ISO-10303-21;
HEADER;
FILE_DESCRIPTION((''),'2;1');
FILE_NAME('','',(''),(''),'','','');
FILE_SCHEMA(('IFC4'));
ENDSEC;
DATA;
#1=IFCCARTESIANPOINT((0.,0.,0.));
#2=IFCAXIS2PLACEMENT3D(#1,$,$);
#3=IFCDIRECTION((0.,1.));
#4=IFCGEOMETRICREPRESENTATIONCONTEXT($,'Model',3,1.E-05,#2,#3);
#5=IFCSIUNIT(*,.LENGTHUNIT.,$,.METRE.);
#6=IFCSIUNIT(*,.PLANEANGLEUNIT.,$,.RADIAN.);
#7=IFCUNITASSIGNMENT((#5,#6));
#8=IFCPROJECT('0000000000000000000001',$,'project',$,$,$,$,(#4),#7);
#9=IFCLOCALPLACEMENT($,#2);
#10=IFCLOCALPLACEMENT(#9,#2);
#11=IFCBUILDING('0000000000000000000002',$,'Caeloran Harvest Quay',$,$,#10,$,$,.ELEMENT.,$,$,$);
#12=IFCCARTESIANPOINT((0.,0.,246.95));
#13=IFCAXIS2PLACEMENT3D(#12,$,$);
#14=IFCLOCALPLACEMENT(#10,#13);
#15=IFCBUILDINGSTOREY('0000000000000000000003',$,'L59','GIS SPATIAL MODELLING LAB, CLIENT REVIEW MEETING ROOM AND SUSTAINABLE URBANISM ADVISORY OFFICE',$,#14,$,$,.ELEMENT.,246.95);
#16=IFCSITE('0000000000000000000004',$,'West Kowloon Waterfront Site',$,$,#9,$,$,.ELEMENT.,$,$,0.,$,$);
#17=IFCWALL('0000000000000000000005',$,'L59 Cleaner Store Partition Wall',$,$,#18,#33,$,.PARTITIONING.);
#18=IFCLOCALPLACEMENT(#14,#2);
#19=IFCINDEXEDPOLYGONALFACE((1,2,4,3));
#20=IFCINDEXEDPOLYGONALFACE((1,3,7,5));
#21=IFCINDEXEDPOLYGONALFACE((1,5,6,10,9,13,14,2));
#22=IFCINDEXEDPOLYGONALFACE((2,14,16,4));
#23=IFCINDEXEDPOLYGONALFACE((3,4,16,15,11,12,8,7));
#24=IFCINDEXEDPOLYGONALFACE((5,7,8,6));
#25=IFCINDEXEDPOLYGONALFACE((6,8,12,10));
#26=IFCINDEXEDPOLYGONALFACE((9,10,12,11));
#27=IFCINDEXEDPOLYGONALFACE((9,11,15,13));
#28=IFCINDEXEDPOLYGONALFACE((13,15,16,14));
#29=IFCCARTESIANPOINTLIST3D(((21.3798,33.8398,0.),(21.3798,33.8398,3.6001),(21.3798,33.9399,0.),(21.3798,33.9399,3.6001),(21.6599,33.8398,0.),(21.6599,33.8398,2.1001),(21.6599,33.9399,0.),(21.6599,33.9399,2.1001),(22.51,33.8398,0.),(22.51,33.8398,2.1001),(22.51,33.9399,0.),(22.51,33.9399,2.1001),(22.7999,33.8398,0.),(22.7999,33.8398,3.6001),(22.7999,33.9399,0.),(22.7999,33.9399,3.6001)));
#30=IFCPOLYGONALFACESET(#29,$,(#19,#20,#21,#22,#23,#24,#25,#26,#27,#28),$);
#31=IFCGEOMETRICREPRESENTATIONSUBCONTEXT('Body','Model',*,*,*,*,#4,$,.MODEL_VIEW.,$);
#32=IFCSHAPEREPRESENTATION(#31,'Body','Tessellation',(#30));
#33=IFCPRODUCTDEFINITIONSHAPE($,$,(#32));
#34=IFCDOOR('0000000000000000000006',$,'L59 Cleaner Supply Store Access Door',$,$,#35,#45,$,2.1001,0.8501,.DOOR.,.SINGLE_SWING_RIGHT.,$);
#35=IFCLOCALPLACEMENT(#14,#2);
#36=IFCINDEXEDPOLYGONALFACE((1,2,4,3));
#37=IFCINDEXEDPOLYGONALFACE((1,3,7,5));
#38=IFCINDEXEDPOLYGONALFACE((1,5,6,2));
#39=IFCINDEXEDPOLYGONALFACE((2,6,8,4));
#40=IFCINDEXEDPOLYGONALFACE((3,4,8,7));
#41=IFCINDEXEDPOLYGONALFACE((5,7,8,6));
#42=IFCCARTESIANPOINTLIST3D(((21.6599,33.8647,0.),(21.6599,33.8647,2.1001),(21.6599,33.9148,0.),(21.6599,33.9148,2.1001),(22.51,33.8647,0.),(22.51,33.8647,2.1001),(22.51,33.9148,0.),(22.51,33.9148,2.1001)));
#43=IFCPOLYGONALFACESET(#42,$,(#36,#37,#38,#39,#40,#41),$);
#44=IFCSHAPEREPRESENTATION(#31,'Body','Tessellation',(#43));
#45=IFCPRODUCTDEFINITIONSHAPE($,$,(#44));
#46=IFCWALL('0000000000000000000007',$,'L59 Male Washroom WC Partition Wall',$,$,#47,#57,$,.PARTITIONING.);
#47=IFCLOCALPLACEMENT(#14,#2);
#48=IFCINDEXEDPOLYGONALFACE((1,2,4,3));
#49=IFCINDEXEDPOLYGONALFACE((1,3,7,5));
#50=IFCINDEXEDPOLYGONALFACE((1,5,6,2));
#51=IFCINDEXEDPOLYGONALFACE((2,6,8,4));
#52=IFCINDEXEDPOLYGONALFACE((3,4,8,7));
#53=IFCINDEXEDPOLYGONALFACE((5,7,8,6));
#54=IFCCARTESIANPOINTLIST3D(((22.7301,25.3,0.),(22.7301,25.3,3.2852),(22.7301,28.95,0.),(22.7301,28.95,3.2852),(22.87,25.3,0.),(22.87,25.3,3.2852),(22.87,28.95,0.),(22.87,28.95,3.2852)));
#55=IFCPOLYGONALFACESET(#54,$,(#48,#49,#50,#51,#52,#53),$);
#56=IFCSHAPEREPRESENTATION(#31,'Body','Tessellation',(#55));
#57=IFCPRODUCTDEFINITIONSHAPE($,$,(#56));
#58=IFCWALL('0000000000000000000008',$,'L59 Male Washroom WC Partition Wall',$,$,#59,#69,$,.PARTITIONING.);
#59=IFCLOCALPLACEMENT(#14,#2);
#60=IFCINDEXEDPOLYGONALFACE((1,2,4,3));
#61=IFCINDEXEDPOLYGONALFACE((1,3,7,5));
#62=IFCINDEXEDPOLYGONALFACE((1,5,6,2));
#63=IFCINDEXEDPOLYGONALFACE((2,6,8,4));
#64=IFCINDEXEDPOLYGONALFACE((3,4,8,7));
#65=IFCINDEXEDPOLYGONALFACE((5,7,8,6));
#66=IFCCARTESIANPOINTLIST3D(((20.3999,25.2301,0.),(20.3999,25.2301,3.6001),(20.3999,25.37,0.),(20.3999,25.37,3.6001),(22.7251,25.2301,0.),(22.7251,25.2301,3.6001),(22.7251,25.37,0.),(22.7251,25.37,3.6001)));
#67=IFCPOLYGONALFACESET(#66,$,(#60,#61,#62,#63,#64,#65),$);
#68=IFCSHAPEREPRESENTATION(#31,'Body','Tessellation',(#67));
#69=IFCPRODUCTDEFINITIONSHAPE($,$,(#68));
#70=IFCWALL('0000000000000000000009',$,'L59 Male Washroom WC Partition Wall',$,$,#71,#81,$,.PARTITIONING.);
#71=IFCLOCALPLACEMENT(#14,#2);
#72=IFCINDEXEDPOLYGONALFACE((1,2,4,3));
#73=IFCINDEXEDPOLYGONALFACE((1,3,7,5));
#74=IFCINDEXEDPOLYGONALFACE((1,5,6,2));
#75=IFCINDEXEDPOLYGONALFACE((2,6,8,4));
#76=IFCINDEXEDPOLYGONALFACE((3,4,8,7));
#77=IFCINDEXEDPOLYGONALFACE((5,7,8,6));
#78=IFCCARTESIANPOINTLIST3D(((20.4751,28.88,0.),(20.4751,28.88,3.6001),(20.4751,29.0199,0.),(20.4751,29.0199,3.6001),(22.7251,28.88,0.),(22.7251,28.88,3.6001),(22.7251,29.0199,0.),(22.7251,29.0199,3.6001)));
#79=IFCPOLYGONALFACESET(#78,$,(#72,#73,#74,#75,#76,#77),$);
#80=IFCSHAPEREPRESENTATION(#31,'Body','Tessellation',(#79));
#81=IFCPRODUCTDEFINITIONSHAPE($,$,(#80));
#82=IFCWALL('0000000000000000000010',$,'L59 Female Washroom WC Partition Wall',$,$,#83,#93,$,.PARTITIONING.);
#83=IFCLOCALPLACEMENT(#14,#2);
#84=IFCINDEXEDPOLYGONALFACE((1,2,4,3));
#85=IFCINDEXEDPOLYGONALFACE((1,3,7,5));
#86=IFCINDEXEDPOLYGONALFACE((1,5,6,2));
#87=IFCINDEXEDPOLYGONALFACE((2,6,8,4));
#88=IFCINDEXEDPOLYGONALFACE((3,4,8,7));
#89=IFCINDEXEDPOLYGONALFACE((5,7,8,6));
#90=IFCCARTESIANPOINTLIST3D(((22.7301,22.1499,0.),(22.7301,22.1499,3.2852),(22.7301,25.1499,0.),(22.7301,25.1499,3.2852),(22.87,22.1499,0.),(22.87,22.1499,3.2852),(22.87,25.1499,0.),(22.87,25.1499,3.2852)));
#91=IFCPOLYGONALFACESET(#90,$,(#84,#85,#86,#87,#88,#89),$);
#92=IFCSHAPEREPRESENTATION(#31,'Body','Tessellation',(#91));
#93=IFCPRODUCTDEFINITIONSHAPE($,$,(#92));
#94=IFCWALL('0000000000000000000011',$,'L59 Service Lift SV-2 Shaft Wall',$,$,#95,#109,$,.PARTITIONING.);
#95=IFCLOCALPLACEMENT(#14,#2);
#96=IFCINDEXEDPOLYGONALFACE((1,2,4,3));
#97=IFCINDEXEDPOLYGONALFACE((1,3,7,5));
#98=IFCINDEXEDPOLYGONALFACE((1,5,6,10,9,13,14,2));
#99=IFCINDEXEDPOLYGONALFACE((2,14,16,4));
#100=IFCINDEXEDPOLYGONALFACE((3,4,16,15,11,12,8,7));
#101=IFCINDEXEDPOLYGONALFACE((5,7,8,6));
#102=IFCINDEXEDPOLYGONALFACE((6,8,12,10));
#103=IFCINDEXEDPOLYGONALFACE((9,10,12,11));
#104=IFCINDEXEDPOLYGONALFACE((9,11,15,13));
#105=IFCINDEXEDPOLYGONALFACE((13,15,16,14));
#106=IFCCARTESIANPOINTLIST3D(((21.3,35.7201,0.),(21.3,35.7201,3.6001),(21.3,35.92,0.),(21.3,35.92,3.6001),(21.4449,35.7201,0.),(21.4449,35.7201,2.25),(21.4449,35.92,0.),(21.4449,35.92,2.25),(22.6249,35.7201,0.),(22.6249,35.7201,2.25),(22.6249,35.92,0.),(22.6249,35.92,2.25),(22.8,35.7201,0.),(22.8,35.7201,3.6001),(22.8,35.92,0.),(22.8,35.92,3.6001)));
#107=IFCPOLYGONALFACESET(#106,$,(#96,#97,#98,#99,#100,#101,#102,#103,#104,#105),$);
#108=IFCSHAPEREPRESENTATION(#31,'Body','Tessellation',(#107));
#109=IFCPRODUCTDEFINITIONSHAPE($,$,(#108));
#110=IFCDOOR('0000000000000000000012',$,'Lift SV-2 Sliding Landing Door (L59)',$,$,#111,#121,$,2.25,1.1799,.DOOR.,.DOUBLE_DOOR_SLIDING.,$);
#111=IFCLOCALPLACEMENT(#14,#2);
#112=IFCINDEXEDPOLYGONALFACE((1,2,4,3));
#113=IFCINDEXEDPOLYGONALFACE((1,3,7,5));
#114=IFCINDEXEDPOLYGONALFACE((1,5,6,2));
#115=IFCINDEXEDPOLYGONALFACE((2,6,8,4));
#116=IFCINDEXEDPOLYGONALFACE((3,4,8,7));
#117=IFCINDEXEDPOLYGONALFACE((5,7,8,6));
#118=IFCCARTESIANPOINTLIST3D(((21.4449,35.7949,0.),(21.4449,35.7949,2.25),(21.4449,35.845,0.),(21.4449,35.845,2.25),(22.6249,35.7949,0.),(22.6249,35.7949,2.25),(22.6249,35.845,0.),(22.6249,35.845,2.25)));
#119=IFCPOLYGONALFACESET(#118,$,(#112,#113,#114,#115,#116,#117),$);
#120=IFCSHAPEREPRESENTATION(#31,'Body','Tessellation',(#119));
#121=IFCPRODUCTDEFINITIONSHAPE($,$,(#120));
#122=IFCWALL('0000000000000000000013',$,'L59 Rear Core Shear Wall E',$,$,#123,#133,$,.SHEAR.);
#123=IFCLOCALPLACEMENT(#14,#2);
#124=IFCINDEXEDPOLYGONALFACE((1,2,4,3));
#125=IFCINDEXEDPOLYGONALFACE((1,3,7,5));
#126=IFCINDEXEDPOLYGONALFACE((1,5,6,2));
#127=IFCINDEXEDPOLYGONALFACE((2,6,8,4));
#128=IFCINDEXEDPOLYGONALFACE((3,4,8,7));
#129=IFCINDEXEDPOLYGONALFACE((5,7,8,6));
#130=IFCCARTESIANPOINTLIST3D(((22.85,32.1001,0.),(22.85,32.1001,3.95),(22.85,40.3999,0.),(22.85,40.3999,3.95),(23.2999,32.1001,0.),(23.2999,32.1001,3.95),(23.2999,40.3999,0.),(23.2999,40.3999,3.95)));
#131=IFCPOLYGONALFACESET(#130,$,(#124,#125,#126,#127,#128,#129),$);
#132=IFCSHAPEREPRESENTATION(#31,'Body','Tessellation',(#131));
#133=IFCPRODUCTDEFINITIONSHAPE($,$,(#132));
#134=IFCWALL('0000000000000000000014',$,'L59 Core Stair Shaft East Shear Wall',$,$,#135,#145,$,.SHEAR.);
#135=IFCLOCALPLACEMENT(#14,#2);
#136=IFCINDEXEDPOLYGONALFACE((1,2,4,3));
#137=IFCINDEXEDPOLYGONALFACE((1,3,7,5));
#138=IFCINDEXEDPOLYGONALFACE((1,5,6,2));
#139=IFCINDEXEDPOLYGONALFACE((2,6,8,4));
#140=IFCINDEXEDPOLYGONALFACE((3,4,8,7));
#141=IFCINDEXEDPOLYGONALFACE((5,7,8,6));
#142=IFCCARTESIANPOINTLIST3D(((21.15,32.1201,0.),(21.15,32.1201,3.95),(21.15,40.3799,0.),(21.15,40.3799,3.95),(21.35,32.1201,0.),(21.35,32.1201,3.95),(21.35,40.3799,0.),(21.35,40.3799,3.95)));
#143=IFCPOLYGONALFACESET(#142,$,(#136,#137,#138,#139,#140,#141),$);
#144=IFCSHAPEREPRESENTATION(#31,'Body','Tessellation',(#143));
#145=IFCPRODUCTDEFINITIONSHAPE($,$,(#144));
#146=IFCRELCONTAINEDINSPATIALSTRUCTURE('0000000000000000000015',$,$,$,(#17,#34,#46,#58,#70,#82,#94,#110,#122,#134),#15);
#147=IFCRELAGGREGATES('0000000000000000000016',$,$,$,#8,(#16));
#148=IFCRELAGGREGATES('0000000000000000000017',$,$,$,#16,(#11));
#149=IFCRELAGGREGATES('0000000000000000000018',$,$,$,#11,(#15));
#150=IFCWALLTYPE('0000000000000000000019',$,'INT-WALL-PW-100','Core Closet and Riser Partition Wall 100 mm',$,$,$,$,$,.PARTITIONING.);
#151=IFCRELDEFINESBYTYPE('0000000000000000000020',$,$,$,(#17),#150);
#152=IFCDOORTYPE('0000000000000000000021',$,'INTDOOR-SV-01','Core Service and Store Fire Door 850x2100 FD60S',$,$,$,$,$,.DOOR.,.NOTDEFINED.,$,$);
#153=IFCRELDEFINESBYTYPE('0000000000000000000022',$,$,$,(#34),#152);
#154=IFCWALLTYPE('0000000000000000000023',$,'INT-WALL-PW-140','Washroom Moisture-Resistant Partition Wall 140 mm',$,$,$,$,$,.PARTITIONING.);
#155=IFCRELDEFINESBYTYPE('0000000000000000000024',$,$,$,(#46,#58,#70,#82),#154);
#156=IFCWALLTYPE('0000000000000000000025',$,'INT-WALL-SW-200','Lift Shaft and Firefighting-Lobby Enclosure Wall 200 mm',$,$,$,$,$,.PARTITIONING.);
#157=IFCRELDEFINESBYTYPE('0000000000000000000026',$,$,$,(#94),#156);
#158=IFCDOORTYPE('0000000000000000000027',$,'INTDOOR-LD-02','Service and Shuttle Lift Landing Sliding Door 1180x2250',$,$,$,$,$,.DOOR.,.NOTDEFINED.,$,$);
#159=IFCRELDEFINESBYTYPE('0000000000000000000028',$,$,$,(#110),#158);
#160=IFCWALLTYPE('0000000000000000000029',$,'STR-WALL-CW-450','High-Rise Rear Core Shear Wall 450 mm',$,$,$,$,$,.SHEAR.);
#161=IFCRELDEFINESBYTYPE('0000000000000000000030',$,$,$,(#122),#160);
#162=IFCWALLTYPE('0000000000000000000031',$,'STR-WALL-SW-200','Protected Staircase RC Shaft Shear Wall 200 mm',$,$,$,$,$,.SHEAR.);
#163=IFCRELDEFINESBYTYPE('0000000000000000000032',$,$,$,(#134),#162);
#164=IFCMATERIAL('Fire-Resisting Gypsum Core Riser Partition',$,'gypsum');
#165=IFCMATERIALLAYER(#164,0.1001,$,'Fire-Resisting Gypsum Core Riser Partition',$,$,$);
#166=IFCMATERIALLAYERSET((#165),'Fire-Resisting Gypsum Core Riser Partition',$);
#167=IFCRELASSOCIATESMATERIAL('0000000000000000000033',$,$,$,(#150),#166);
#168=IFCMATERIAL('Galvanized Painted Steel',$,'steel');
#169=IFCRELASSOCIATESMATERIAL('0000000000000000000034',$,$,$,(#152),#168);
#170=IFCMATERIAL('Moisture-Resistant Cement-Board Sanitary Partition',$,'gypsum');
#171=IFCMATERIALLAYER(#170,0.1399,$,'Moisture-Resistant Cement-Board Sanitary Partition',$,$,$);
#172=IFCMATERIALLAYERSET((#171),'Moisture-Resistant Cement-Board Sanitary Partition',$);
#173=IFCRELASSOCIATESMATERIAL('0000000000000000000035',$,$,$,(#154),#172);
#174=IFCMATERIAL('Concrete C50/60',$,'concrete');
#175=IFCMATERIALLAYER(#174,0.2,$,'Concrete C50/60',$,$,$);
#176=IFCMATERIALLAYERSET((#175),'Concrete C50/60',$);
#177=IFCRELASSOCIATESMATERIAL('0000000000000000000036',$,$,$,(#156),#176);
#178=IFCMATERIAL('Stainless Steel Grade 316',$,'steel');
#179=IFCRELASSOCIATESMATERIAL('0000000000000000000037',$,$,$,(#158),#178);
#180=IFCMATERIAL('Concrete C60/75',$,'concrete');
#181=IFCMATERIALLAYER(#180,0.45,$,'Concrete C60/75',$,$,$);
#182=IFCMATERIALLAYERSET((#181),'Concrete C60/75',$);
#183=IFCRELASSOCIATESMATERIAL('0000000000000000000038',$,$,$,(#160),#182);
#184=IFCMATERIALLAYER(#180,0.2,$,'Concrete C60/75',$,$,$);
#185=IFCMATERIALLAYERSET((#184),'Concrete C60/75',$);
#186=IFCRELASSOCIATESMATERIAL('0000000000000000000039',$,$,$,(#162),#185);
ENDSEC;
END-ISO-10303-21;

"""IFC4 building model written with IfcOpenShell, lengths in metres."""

from ifc_helpers import new_model, si_unit, direction, frame, frame_2d, origin, place, context, subcontext, project, spatial, rectangle, extrude, material, layer, layer_set, type_object, element, fill, save


model = new_model("IFC4")

# Units and contexts
model_context = context("Model", 3, precision=1e-05, world=origin(), true_north=direction((0.0, 1.0)))
body_context = subcontext(model_context, "Body", "Model", "MODEL_VIEW")
ifc_project = project(units=[si_unit("LENGTHUNIT", "METRE"), si_unit("PLANEANGLEUNIT", "RADIAN")], contexts=[model_context])

# Site, building, storey
site_placement = place(None, origin())
site = spatial("IfcSite", under=ifc_project, at=site_placement, Name="West Kowloon Waterfront Site", CompositionType="ELEMENT", RefElevation=0.0)
building_placement = place(site_placement, origin())
building = spatial("IfcBuilding", under=site, at=building_placement, Name="Caeloran Harvest Quay", CompositionType="ELEMENT")
storey_placement = place(building_placement, frame((0.0, 0.0, 246.95)))
storey = spatial("IfcBuildingStorey", under=building, at=storey_placement, Name="L59", Description="GIS SPATIAL MODELLING LAB, CLIENT REVIEW MEETING ROOM AND SUSTAINABLE URBANISM ADVISORY OFFICE", CompositionType="ELEMENT", Elevation=246.95)

# Wall, opening, door
ifc_material_1 = material(Name="Fire-Resisting Gypsum Core Riser Partition", Category="gypsum")
ifc_layer_1 = layer(ifc_material_1, 0.1001, Name="Fire-Resisting Gypsum Core Riser Partition")
ifc_layer_set_1 = layer_set([ifc_layer_1], Name="Fire-Resisting Gypsum Core Riser Partition")
wall_type_1 = type_object("IfcWallType", Name="INT-WALL-PW-100", Description="Core Closet and Riser Partition Wall 100 mm", PredefinedType="PARTITIONING", material=ifc_layer_set_1)
wall_1_placement = place(storey_placement, frame((21.3799, 33.8899, 0.0), z_axis=(0.0, 0.0, 1.0), x_axis=(1.0, 0.0, 0.0)))
wall_1 = element("IfcWall", 1, at=wall_1_placement, inside=storey, type_object=wall_type_1, Name="L59 Cleaner Store Partition Wall", PredefinedType="PARTITIONING", context=body_context, shape_type="SweptSolid", body=[
    extrude(rectangle(XDim=1.4202, YDim=0.1001, at=frame_2d((0.71, 0.0))), origin(), (0.0, 0.0, 1.0), 3.6001),
])
opening_1_placement = place(wall_1_placement, frame((0.28, 0.0, 0.0)))
opening_1 = element("IfcOpeningElement", 2, at=opening_1_placement, cuts=wall_1, PredefinedType="OPENING", context=body_context, shape_type="SweptSolid", body=[
    extrude(rectangle(XDim=0.8501, YDim=2.1001, at=frame_2d((0.425, 1.05))), frame((0.0, 0.0601, 0.0), z_axis=(0.0, -1.0, 0.0), x_axis=(1.0, 0.0, 0.0)), (0.0, 0.0, 1.0), 0.1201),
])
ifc_material_2 = material(Name="Galvanized Painted Steel", Category="steel")
door_type_1 = type_object("IfcDoorType", Name="INTDOOR-SV-01", Description="Core Service and Store Fire Door 850x2100 FD60S", OperationType="NOTDEFINED", PredefinedType="DOOR", material=ifc_material_2)
door_1_placement = place(opening_1_placement, origin())
door_1 = element("IfcDoor", 3, at=door_1_placement, inside=storey, type_object=door_type_1, Name="L59 Cleaner Supply Store Access Door", OperationType="SINGLE_SWING_RIGHT", OverallHeight=2.1001, OverallWidth=0.8501, PredefinedType="DOOR", context=body_context, shape_type="SweptSolid", body=[
    extrude(rectangle(XDim=0.8501, YDim=2.1001, at=frame_2d((0.425, 1.05))), frame((0.0, 0.0249, 0.0), z_axis=(0.0, -1.0, 0.0), x_axis=(1.0, 0.0, 0.0)), (0.0, 0.0, 1.0), 0.05),
])
fill(opening_1, door_1)

# Walls
ifc_material_3 = material(Name="Moisture-Resistant Cement-Board Sanitary Partition", Category="gypsum")
ifc_layer_2 = layer(ifc_material_3, 0.1399, Name="Moisture-Resistant Cement-Board Sanitary Partition")
ifc_layer_set_2 = layer_set([ifc_layer_2], Name="Moisture-Resistant Cement-Board Sanitary Partition")
wall_type_2 = type_object("IfcWallType", Name="INT-WALL-PW-140", Description="Washroom Moisture-Resistant Partition Wall 140 mm", PredefinedType="PARTITIONING", material=ifc_layer_set_2)
wall_2_placement = place(storey_placement, frame((22.8, 28.95, 0.0), z_axis=(0.0, 0.0, 1.0), x_axis=(0.0, -1.0, 0.0)))
element("IfcWall", 4, at=wall_2_placement, inside=storey, type_object=wall_type_2, Name="L59 Male Washroom WC Partition Wall", PredefinedType="PARTITIONING", context=body_context, shape_type="SweptSolid", body=[
    extrude(rectangle(XDim=3.6499, YDim=0.1399, at=frame_2d((1.825, 0.0))), origin(), (0.0, 0.0, 1.0), 3.2852),
])
wall_3_placement = place(storey_placement, frame((22.7251, 25.3, 0.0), z_axis=(0.0, 0.0, 1.0), x_axis=(-1.0, 0.0, 0.0)))
element("IfcWall", 5, at=wall_3_placement, inside=storey, type_object=wall_type_2, Name="L59 Male Washroom WC Partition Wall", PredefinedType="PARTITIONING", context=body_context, shape_type="SweptSolid", body=[
    extrude(rectangle(XDim=2.3252, YDim=0.1399, at=frame_2d((1.1626, 0.0))), origin(), (0.0, 0.0, 1.0), 3.6001),
])

# Walls
wall_4_placement = place(storey_placement, frame((20.4751, 28.95, 0.0), z_axis=(0.0, 0.0, 1.0), x_axis=(1.0, 0.0, 0.0)))
element("IfcWall", 6, at=wall_4_placement, inside=storey, type_object=wall_type_2, Name="L59 Male Washroom WC Partition Wall", PredefinedType="PARTITIONING", context=body_context, shape_type="SweptSolid", body=[
    extrude(rectangle(XDim=2.25, YDim=0.1399, at=frame_2d((1.125, 0.0))), origin(), (0.0, 0.0, 1.0), 3.6001),
])
wall_5_placement = place(storey_placement, frame((22.8, 25.1499, 0.0), z_axis=(0.0, 0.0, 1.0), x_axis=(0.0, -1.0, 0.0)))
element("IfcWall", 7, at=wall_5_placement, inside=storey, type_object=wall_type_2, Name="L59 Female Washroom WC Partition Wall", PredefinedType="PARTITIONING", context=body_context, shape_type="SweptSolid", body=[
    extrude(rectangle(XDim=3.0, YDim=0.1399, at=frame_2d((1.5, 0.0))), origin(), (0.0, 0.0, 1.0), 3.2852),
])

# Wall, opening, door
ifc_material_4 = material(Name="Concrete C50/60", Category="concrete")
ifc_layer_3 = layer(ifc_material_4, 0.2, Name="Concrete C50/60")
ifc_layer_set_3 = layer_set([ifc_layer_3], Name="Concrete C50/60")
wall_type_3 = type_object("IfcWallType", Name="INT-WALL-SW-200", Description="Lift Shaft and Firefighting-Lobby Enclosure Wall 200 mm", PredefinedType="PARTITIONING", material=ifc_layer_set_3)
wall_6_placement = place(storey_placement, frame((21.3, 35.8201, 0.0), z_axis=(0.0, 0.0, 1.0), x_axis=(1.0, 0.0, 0.0)))
wall_6 = element("IfcWall", 8, at=wall_6_placement, inside=storey, type_object=wall_type_3, Name="L59 Service Lift SV-2 Shaft Wall", PredefinedType="PARTITIONING", context=body_context, shape_type="SweptSolid", body=[
    extrude(rectangle(XDim=1.5, YDim=0.2, at=frame_2d((0.75, 0.0))), origin(), (0.0, 0.0, 1.0), 3.6001),
])
opening_2_placement = place(wall_6_placement, frame((0.145, 0.0, 0.0)))
opening_2 = element("IfcOpeningElement", 9, at=opening_2_placement, cuts=wall_6, PredefinedType="OPENING", context=body_context, shape_type="SweptSolid", body=[
    extrude(rectangle(XDim=1.1799, YDim=2.25, at=frame_2d((0.5898, 1.125))), frame((0.0, 0.1099, 0.0), z_axis=(0.0, -1.0, 0.0), x_axis=(1.0, 0.0, 0.0)), (0.0, 0.0, 1.0), 0.22),
])
ifc_material_5 = material(Name="Stainless Steel Grade 316", Category="steel")
door_type_2 = type_object("IfcDoorType", Name="INTDOOR-LD-02", Description="Service and Shuttle Lift Landing Sliding Door 1180x2250", OperationType="NOTDEFINED", PredefinedType="DOOR", material=ifc_material_5)
door_2_placement = place(opening_2_placement, origin())
door_2 = element("IfcDoor", 10, at=door_2_placement, inside=storey, type_object=door_type_2, Name="Lift SV-2 Sliding Landing Door (L59)", OperationType="DOUBLE_DOOR_SLIDING", OverallHeight=2.25, OverallWidth=1.1799, PredefinedType="DOOR", context=body_context, shape_type="SweptSolid", body=[
    extrude(rectangle(XDim=1.1799, YDim=2.25, at=frame_2d((0.5898, 1.125))), frame((0.0, 0.0249, 0.0), z_axis=(0.0, -1.0, 0.0), x_axis=(1.0, 0.0, 0.0)), (0.0, 0.0, 1.0), 0.05),
])
fill(opening_2, door_2)

# Walls
ifc_material_6 = material(Name="Concrete C60/75", Category="concrete")
ifc_layer_4 = layer(ifc_material_6, 0.45, Name="Concrete C60/75")
ifc_layer_set_4 = layer_set([ifc_layer_4], Name="Concrete C60/75")
wall_type_4 = type_object("IfcWallType", Name="STR-WALL-CW-450", Description="High-Rise Rear Core Shear Wall 450 mm", PredefinedType="SHEAR", material=ifc_layer_set_4)
wall_7_placement = place(storey_placement, frame((23.075, 32.1001, 0.0), z_axis=(0.0, 0.0, 1.0), x_axis=(0.0, 1.0, 0.0)))
element("IfcWall", 11, at=wall_7_placement, inside=storey, type_object=wall_type_4, Name="L59 Rear Core Shear Wall E", PredefinedType="SHEAR", context=body_context, shape_type="SweptSolid", body=[
    extrude(rectangle(XDim=8.2998, YDim=0.45, at=frame_2d((4.1499, 0.0))), origin(), (0.0, 0.0, 1.0), 3.95),
])
ifc_layer_5 = layer(ifc_material_6, 0.2, Name="Concrete C60/75")
ifc_layer_set_5 = layer_set([ifc_layer_5], Name="Concrete C60/75")
wall_type_5 = type_object("IfcWallType", Name="STR-WALL-SW-200", Description="Protected Staircase RC Shaft Shear Wall 200 mm", PredefinedType="SHEAR", material=ifc_layer_set_5)
wall_8_placement = place(storey_placement, frame((21.25, 32.1201, 0.0), z_axis=(0.0, 0.0, 1.0), x_axis=(0.0, 1.0, 0.0)))
element("IfcWall", 12, at=wall_8_placement, inside=storey, type_object=wall_type_5, Name="L59 Core Stair Shaft East Shear Wall", PredefinedType="SHEAR", context=body_context, shape_type="SweptSolid", body=[
    extrude(rectangle(XDim=8.2598, YDim=0.2, at=frame_2d((4.1299, 0.0))), origin(), (0.0, 0.0, 1.0), 3.95),
])

save(model, "model.ifc")
